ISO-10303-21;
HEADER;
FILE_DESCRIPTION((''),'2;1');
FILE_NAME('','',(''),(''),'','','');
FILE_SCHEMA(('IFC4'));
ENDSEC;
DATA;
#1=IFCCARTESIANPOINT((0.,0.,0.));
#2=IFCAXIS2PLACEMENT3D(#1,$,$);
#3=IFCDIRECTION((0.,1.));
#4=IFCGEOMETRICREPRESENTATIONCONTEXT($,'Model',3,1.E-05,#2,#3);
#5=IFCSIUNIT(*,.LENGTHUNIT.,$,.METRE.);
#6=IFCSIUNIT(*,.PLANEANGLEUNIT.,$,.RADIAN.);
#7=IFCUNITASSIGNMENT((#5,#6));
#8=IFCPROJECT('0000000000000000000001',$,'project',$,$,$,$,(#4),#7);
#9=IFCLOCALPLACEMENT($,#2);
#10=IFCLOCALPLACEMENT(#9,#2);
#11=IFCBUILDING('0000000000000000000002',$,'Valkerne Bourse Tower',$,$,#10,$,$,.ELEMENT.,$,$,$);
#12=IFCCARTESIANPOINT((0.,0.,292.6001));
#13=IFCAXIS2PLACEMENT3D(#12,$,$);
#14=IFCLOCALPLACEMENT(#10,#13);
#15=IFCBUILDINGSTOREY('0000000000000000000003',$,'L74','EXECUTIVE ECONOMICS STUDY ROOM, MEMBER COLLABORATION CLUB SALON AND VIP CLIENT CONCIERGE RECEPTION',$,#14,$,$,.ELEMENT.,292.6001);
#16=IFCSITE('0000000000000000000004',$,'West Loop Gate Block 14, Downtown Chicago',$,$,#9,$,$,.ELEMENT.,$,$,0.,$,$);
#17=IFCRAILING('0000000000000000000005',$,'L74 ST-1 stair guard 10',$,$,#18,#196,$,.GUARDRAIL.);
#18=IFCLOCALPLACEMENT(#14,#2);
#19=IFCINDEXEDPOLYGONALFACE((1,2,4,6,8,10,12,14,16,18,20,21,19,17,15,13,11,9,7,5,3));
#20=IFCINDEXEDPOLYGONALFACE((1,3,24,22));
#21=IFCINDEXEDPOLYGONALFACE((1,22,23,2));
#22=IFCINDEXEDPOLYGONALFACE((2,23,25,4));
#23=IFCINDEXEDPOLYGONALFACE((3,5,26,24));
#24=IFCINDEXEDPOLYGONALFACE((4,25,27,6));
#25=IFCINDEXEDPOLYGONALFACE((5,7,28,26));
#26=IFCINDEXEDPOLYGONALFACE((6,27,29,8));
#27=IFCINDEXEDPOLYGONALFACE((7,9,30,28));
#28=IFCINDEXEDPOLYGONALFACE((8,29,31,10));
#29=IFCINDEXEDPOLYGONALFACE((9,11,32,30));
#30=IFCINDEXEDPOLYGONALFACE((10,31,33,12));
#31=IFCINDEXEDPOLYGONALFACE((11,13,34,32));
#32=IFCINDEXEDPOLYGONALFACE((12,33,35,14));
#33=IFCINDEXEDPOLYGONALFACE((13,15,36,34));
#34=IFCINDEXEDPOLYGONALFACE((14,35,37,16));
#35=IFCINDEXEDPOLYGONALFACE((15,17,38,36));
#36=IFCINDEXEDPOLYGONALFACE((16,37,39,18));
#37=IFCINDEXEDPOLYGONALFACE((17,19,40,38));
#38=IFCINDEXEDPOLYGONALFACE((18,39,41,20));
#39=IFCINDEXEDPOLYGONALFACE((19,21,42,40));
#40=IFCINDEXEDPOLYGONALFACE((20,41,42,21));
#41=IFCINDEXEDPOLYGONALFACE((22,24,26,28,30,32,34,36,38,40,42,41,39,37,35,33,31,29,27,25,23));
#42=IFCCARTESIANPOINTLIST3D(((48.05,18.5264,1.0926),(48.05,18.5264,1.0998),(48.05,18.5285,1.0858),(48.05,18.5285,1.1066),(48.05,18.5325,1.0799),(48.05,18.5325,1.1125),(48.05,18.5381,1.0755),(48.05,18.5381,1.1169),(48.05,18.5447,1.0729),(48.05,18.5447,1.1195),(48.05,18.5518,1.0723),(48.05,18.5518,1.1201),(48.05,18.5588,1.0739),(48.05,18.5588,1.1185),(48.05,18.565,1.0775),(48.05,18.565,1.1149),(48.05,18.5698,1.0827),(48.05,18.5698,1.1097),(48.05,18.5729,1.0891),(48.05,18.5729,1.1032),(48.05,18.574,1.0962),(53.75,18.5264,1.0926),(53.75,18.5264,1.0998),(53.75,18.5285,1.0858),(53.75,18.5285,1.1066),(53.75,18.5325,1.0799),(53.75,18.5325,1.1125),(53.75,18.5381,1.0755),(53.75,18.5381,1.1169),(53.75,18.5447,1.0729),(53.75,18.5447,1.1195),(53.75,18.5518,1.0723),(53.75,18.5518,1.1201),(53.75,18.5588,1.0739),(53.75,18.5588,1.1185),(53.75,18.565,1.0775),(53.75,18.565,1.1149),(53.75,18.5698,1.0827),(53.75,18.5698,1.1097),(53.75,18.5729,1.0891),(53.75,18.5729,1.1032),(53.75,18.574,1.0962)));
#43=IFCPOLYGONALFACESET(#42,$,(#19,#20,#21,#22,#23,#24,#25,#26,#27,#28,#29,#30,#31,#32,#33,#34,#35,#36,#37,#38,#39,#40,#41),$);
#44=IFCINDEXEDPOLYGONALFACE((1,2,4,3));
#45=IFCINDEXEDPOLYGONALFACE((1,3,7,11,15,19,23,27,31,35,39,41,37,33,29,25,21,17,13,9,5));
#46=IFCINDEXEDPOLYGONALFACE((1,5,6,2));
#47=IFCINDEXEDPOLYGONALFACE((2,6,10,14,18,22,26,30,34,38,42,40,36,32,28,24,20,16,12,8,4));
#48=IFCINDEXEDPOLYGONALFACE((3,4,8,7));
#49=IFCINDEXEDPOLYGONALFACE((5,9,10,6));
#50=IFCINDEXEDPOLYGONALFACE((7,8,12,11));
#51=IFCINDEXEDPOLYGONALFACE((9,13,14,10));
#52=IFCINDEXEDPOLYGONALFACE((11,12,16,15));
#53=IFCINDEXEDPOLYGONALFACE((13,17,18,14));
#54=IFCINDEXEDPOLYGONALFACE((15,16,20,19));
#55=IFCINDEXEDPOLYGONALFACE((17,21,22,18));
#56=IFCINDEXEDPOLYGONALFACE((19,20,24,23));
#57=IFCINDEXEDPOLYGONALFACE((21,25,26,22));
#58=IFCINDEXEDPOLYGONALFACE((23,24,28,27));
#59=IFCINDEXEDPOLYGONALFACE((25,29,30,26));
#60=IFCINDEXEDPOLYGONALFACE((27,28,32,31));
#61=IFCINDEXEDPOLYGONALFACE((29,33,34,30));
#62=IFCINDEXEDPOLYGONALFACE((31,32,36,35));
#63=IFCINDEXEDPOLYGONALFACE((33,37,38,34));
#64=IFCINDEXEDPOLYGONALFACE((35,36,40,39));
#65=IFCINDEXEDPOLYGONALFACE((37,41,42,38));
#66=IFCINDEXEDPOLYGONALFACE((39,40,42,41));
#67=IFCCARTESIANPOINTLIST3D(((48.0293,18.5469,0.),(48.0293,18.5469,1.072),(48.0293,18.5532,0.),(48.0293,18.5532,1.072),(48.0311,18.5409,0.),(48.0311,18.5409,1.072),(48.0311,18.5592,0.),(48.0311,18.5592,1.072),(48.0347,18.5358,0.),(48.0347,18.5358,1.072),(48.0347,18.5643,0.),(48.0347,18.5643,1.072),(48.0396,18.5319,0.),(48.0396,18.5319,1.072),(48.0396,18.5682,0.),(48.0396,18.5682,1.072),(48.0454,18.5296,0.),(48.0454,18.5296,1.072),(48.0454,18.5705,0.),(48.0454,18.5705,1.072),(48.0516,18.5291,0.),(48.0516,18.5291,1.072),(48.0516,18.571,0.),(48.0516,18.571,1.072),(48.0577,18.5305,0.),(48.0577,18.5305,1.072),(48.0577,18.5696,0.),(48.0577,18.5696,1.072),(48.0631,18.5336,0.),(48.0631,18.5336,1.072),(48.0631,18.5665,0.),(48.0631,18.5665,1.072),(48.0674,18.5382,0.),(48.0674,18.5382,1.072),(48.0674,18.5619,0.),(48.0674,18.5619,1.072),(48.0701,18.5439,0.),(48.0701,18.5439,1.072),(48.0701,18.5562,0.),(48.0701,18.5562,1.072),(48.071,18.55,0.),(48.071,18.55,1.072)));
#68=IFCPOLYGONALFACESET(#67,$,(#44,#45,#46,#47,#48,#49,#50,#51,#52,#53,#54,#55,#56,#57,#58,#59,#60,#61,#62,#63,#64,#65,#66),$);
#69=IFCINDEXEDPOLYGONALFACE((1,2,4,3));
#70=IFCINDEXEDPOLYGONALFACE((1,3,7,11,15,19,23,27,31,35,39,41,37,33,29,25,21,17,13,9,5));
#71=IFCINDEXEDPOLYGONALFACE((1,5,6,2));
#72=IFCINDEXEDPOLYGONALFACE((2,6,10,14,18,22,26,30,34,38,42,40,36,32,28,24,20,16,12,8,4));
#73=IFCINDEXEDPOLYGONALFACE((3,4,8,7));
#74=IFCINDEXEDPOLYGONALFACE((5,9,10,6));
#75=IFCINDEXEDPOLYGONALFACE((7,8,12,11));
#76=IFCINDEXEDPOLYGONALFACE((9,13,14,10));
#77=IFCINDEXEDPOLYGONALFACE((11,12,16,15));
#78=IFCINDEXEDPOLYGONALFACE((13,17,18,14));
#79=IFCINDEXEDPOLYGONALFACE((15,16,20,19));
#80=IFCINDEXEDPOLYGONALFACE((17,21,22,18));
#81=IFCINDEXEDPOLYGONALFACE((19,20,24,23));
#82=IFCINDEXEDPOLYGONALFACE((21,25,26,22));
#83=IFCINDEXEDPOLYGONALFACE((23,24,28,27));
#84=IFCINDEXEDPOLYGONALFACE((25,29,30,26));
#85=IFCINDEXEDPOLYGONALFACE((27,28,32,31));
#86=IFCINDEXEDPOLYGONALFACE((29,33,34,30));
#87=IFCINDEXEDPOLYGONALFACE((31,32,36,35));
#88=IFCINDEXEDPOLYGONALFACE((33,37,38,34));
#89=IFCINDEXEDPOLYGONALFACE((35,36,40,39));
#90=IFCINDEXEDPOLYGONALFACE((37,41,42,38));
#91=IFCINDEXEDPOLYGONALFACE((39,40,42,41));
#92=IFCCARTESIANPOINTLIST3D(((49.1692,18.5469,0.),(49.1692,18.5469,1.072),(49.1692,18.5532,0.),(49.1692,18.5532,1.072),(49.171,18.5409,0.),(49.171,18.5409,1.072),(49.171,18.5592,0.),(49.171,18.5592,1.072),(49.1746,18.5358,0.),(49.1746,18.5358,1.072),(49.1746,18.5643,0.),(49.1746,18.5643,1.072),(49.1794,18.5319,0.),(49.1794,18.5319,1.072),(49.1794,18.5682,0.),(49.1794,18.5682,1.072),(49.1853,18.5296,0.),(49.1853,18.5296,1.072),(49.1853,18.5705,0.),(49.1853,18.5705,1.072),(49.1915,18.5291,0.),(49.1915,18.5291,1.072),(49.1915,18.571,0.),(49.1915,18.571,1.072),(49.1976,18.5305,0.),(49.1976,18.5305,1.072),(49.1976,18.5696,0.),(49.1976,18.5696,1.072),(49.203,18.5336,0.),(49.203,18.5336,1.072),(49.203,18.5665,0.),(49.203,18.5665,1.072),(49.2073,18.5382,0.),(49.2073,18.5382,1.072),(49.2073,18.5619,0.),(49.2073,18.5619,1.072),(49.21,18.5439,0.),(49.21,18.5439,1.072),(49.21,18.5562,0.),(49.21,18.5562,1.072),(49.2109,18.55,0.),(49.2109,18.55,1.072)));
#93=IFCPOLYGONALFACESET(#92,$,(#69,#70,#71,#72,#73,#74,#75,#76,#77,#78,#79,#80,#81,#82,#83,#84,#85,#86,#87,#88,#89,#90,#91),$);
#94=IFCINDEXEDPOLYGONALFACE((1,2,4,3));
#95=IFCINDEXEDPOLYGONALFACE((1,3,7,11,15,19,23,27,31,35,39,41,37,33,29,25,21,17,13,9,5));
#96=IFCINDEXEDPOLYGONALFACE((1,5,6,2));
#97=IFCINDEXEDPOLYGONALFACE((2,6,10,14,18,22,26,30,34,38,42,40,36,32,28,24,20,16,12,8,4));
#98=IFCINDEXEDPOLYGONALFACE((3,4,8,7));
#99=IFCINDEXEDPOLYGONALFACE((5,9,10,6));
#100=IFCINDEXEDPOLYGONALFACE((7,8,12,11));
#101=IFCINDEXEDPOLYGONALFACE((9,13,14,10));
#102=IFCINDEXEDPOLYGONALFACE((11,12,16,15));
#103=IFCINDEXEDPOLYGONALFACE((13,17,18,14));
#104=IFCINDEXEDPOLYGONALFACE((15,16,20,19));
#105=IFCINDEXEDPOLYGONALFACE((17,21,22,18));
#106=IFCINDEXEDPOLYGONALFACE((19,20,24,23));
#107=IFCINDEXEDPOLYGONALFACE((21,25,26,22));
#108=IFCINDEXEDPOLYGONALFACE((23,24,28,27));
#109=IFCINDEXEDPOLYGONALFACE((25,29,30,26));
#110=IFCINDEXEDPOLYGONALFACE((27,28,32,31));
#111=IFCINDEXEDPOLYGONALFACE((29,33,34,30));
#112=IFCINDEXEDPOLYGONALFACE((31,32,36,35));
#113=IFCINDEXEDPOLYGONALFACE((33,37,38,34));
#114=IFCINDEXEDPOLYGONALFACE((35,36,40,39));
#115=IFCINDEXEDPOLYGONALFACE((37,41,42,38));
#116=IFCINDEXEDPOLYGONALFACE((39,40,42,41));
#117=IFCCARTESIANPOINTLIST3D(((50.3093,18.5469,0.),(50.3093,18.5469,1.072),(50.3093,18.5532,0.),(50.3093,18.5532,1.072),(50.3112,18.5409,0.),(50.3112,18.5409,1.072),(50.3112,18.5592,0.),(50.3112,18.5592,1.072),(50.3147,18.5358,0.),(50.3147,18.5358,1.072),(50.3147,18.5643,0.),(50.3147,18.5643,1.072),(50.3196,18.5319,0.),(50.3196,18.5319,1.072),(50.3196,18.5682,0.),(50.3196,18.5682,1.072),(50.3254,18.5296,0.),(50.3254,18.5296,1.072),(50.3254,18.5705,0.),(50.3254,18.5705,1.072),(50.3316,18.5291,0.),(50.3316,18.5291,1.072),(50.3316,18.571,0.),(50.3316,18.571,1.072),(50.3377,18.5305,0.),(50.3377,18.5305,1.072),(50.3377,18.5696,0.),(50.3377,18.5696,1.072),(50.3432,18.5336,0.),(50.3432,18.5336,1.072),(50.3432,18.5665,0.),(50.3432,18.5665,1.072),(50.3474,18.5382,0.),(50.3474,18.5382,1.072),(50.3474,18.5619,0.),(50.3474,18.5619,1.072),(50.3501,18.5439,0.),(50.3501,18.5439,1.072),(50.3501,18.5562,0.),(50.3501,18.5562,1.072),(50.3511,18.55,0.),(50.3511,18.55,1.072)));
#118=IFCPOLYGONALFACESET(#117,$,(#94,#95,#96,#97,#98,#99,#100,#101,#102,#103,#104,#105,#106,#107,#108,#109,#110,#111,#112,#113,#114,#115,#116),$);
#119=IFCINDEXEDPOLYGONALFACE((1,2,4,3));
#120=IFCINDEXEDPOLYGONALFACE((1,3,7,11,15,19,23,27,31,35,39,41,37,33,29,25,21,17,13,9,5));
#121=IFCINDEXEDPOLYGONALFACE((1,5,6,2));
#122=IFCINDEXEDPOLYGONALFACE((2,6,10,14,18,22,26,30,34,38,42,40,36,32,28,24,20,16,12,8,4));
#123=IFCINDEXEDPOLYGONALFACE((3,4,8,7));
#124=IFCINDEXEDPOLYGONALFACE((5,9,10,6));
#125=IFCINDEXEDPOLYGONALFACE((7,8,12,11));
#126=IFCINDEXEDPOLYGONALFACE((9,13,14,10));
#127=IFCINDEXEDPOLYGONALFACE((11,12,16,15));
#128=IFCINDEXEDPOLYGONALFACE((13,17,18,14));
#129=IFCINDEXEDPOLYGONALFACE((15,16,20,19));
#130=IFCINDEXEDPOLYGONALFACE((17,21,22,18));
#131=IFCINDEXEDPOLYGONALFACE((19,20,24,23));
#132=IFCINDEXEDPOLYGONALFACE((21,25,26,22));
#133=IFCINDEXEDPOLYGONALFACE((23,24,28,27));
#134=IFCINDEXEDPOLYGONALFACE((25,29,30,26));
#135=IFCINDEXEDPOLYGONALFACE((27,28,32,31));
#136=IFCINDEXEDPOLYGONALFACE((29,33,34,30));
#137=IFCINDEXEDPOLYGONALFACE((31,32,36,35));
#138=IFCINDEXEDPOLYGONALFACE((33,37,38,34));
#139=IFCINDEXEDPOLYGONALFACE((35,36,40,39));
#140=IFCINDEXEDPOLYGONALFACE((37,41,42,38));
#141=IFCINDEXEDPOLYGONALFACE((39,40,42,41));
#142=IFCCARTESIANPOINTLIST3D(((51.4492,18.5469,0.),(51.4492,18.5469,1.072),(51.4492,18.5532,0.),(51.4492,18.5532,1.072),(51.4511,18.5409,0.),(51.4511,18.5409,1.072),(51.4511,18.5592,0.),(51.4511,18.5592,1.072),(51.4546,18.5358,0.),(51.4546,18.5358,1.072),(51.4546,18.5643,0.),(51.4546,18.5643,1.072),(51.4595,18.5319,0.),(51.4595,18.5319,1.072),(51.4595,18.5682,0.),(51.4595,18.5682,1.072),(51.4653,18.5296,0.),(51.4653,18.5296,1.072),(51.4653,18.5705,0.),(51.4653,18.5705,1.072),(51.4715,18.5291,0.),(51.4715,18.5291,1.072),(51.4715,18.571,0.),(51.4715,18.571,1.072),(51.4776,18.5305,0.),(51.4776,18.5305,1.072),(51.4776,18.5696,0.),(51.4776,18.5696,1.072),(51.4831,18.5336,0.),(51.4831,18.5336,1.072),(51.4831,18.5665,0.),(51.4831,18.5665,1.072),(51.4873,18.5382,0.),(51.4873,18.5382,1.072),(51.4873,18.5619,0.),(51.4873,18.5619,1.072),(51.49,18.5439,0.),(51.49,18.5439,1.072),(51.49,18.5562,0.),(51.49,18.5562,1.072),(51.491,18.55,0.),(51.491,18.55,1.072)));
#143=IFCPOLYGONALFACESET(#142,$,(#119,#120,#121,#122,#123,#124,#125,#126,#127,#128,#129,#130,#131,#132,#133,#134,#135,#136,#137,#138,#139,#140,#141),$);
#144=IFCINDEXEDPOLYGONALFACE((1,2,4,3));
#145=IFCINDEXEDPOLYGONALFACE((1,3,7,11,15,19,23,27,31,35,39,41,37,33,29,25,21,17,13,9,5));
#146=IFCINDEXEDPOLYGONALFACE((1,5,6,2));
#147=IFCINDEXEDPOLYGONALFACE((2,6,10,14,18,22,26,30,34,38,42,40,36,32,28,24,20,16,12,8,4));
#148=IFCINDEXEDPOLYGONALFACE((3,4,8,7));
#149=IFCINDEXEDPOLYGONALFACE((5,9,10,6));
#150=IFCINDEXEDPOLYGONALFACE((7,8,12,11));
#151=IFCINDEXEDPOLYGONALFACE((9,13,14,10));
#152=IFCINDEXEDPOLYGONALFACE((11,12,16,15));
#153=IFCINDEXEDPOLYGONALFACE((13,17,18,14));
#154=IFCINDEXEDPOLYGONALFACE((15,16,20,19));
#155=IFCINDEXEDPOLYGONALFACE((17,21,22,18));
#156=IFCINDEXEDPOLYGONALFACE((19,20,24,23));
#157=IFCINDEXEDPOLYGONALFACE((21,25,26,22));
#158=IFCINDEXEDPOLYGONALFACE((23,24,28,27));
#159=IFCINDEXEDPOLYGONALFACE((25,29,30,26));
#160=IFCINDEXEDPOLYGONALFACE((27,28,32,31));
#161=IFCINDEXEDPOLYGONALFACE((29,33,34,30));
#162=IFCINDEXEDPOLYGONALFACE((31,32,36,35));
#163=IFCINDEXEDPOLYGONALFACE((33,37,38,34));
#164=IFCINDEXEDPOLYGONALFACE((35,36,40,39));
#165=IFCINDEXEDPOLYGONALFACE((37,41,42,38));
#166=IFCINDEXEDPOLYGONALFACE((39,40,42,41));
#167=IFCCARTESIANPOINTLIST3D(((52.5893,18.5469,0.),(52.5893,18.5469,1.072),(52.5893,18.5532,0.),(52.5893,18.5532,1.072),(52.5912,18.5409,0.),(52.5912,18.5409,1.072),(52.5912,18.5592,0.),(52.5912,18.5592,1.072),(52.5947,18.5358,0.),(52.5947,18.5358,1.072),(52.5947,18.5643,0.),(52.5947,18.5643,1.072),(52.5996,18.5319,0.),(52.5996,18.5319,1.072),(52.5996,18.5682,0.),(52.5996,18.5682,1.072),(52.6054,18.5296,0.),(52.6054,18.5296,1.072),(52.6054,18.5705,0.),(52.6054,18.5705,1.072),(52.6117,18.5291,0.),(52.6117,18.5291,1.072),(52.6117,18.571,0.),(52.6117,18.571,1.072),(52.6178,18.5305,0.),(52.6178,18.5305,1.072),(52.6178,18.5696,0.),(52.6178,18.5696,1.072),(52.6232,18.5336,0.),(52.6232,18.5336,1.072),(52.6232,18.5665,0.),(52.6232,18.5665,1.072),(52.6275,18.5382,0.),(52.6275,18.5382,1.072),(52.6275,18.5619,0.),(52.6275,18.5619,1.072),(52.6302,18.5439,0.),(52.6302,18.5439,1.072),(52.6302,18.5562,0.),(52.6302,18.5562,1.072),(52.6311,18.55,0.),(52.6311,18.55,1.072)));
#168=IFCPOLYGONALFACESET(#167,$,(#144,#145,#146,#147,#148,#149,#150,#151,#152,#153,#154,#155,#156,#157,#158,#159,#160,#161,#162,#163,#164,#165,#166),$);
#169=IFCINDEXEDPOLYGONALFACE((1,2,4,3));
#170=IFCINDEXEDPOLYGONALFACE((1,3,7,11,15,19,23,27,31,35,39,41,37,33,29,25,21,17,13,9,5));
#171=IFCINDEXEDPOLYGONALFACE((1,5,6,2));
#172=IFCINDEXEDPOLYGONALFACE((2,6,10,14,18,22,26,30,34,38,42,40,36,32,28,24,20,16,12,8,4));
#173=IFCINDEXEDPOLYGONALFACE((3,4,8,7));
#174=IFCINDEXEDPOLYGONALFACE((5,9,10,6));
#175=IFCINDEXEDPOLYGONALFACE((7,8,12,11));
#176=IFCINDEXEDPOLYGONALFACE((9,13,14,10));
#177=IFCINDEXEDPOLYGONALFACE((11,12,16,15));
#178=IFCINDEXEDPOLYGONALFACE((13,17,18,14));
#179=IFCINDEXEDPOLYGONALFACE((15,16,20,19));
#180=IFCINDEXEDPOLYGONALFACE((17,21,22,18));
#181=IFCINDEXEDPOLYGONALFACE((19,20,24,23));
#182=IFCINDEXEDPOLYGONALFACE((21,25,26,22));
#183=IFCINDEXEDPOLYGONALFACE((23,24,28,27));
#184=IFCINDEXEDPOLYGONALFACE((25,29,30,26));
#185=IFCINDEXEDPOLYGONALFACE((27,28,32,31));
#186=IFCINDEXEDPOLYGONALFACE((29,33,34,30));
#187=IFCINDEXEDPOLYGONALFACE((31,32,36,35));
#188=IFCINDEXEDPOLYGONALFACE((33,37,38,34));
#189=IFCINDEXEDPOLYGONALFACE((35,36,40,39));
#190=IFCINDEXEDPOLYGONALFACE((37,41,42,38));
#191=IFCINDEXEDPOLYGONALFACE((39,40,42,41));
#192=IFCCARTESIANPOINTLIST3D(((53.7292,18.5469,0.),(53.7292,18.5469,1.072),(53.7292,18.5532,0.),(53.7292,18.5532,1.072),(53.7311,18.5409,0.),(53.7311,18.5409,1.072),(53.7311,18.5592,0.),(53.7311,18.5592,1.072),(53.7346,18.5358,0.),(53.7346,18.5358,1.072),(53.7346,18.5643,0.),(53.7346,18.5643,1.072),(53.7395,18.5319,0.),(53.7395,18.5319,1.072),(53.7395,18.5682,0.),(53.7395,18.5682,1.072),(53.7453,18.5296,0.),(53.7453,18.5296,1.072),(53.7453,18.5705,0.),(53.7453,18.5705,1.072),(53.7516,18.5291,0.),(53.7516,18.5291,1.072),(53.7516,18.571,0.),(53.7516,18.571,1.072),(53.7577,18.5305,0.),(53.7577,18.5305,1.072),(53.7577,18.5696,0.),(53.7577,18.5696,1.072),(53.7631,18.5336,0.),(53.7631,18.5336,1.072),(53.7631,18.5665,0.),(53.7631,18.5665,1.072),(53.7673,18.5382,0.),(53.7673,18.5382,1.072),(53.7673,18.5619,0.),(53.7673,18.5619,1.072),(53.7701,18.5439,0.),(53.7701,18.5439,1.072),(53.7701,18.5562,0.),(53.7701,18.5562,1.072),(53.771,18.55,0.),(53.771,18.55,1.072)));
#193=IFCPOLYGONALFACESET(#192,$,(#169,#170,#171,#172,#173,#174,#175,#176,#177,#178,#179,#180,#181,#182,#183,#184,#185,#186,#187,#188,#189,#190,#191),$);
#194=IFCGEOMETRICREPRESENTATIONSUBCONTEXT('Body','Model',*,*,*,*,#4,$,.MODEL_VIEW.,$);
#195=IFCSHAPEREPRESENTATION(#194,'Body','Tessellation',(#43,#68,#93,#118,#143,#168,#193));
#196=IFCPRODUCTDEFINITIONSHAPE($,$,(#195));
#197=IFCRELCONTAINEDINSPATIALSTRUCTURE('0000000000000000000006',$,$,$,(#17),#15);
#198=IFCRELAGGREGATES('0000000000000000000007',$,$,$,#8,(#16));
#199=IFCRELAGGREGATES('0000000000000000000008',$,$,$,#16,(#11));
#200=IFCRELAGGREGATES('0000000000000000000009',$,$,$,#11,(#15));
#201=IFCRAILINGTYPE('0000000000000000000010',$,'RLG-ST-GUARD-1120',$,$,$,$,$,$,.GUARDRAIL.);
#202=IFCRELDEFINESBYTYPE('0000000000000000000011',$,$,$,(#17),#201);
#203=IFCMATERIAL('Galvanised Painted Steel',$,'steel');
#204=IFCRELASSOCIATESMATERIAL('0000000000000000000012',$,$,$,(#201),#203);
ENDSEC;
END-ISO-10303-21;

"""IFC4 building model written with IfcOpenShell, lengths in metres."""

from ifc_helpers import new_model, si_unit, direction, frame, origin, origin_2d, place, context, subcontext, project, spatial, circle, extrude, material, type_object, element, save


model = new_model("IFC4")

# Units and contexts
model_context = context("Model", 3, precision=1e-05, world=origin(), true_north=direction((0.0, 1.0)))
body_context = subcontext(model_context, "Body", "Model", "MODEL_VIEW")
ifc_project = project(units=[si_unit("LENGTHUNIT", "METRE"), si_unit("PLANEANGLEUNIT", "RADIAN")], contexts=[model_context])

# Site, building, storey
site_placement = place(None, origin())
site = spatial("IfcSite", under=ifc_project, at=site_placement, Name="West Loop Gate Block 14, Downtown Chicago", CompositionType="ELEMENT", RefElevation=0.0)
building_placement = place(site_placement, origin())
building = spatial("IfcBuilding", under=site, at=building_placement, Name="Valkerne Bourse Tower", CompositionType="ELEMENT")
storey_placement = place(building_placement, frame((0.0, 0.0, 292.6001)))
storey = spatial("IfcBuildingStorey", under=building, at=storey_placement, Name="L74", Description="EXECUTIVE ECONOMICS STUDY ROOM, MEMBER COLLABORATION CLUB SALON AND VIP CLIENT CONCIERGE RECEPTION", CompositionType="ELEMENT", Elevation=292.6001)

# Shared definitions
ifc_material_1 = material(Name="Galvanised Painted Steel", Category="steel")

# Railing
railing_type_1 = type_object("IfcRailingType", Name="RLG-ST-GUARD-1120", PredefinedType="GUARDRAIL", material=ifc_material_1)
for number, where, name in (
    (1, (48.05, 18.55, 0.0), "L74 ST-1 stair guard 10"),
):
    element("IfcRailing", number, at=place(storey_placement, frame(where)), inside=storey, type_object=railing_type_1, Name=name, PredefinedType="GUARDRAIL", context=body_context, shape_type="SweptSolid", body=[
        extrude(circle(Radius=0.0239, at=origin_2d()), frame((0.0, 0.0, 1.0962), z_axis=(1.0, 0.0, 0.0), x_axis=(0.0, 1.0, 0.0)), (0.0, 0.0, 1.0), 5.7),
        extrude(circle(Radius=0.021, at=origin_2d()), origin(), (0.0, 0.0, 1.0), 1.072),
        extrude(circle(Radius=0.021, at=origin_2d()), frame((1.1399, 0.0, 0.0)), (0.0, 0.0, 1.0), 1.072),
        extrude(circle(Radius=0.021, at=origin_2d()), frame((2.28, 0.0, 0.0)), (0.0, 0.0, 1.0), 1.072),
        extrude(circle(Radius=0.021, at=origin_2d()), frame((3.4199, 0.0, 0.0)), (0.0, 0.0, 1.0), 1.072),
        extrude(circle(Radius=0.021, at=origin_2d()), frame((4.5601, 0.0, 0.0)), (0.0, 0.0, 1.0), 1.072),
        extrude(circle(Radius=0.021, at=origin_2d()), frame((5.7, 0.0, 0.0)), (0.0, 0.0, 1.0), 1.072),
    ])

save(model, "model.ifc")
